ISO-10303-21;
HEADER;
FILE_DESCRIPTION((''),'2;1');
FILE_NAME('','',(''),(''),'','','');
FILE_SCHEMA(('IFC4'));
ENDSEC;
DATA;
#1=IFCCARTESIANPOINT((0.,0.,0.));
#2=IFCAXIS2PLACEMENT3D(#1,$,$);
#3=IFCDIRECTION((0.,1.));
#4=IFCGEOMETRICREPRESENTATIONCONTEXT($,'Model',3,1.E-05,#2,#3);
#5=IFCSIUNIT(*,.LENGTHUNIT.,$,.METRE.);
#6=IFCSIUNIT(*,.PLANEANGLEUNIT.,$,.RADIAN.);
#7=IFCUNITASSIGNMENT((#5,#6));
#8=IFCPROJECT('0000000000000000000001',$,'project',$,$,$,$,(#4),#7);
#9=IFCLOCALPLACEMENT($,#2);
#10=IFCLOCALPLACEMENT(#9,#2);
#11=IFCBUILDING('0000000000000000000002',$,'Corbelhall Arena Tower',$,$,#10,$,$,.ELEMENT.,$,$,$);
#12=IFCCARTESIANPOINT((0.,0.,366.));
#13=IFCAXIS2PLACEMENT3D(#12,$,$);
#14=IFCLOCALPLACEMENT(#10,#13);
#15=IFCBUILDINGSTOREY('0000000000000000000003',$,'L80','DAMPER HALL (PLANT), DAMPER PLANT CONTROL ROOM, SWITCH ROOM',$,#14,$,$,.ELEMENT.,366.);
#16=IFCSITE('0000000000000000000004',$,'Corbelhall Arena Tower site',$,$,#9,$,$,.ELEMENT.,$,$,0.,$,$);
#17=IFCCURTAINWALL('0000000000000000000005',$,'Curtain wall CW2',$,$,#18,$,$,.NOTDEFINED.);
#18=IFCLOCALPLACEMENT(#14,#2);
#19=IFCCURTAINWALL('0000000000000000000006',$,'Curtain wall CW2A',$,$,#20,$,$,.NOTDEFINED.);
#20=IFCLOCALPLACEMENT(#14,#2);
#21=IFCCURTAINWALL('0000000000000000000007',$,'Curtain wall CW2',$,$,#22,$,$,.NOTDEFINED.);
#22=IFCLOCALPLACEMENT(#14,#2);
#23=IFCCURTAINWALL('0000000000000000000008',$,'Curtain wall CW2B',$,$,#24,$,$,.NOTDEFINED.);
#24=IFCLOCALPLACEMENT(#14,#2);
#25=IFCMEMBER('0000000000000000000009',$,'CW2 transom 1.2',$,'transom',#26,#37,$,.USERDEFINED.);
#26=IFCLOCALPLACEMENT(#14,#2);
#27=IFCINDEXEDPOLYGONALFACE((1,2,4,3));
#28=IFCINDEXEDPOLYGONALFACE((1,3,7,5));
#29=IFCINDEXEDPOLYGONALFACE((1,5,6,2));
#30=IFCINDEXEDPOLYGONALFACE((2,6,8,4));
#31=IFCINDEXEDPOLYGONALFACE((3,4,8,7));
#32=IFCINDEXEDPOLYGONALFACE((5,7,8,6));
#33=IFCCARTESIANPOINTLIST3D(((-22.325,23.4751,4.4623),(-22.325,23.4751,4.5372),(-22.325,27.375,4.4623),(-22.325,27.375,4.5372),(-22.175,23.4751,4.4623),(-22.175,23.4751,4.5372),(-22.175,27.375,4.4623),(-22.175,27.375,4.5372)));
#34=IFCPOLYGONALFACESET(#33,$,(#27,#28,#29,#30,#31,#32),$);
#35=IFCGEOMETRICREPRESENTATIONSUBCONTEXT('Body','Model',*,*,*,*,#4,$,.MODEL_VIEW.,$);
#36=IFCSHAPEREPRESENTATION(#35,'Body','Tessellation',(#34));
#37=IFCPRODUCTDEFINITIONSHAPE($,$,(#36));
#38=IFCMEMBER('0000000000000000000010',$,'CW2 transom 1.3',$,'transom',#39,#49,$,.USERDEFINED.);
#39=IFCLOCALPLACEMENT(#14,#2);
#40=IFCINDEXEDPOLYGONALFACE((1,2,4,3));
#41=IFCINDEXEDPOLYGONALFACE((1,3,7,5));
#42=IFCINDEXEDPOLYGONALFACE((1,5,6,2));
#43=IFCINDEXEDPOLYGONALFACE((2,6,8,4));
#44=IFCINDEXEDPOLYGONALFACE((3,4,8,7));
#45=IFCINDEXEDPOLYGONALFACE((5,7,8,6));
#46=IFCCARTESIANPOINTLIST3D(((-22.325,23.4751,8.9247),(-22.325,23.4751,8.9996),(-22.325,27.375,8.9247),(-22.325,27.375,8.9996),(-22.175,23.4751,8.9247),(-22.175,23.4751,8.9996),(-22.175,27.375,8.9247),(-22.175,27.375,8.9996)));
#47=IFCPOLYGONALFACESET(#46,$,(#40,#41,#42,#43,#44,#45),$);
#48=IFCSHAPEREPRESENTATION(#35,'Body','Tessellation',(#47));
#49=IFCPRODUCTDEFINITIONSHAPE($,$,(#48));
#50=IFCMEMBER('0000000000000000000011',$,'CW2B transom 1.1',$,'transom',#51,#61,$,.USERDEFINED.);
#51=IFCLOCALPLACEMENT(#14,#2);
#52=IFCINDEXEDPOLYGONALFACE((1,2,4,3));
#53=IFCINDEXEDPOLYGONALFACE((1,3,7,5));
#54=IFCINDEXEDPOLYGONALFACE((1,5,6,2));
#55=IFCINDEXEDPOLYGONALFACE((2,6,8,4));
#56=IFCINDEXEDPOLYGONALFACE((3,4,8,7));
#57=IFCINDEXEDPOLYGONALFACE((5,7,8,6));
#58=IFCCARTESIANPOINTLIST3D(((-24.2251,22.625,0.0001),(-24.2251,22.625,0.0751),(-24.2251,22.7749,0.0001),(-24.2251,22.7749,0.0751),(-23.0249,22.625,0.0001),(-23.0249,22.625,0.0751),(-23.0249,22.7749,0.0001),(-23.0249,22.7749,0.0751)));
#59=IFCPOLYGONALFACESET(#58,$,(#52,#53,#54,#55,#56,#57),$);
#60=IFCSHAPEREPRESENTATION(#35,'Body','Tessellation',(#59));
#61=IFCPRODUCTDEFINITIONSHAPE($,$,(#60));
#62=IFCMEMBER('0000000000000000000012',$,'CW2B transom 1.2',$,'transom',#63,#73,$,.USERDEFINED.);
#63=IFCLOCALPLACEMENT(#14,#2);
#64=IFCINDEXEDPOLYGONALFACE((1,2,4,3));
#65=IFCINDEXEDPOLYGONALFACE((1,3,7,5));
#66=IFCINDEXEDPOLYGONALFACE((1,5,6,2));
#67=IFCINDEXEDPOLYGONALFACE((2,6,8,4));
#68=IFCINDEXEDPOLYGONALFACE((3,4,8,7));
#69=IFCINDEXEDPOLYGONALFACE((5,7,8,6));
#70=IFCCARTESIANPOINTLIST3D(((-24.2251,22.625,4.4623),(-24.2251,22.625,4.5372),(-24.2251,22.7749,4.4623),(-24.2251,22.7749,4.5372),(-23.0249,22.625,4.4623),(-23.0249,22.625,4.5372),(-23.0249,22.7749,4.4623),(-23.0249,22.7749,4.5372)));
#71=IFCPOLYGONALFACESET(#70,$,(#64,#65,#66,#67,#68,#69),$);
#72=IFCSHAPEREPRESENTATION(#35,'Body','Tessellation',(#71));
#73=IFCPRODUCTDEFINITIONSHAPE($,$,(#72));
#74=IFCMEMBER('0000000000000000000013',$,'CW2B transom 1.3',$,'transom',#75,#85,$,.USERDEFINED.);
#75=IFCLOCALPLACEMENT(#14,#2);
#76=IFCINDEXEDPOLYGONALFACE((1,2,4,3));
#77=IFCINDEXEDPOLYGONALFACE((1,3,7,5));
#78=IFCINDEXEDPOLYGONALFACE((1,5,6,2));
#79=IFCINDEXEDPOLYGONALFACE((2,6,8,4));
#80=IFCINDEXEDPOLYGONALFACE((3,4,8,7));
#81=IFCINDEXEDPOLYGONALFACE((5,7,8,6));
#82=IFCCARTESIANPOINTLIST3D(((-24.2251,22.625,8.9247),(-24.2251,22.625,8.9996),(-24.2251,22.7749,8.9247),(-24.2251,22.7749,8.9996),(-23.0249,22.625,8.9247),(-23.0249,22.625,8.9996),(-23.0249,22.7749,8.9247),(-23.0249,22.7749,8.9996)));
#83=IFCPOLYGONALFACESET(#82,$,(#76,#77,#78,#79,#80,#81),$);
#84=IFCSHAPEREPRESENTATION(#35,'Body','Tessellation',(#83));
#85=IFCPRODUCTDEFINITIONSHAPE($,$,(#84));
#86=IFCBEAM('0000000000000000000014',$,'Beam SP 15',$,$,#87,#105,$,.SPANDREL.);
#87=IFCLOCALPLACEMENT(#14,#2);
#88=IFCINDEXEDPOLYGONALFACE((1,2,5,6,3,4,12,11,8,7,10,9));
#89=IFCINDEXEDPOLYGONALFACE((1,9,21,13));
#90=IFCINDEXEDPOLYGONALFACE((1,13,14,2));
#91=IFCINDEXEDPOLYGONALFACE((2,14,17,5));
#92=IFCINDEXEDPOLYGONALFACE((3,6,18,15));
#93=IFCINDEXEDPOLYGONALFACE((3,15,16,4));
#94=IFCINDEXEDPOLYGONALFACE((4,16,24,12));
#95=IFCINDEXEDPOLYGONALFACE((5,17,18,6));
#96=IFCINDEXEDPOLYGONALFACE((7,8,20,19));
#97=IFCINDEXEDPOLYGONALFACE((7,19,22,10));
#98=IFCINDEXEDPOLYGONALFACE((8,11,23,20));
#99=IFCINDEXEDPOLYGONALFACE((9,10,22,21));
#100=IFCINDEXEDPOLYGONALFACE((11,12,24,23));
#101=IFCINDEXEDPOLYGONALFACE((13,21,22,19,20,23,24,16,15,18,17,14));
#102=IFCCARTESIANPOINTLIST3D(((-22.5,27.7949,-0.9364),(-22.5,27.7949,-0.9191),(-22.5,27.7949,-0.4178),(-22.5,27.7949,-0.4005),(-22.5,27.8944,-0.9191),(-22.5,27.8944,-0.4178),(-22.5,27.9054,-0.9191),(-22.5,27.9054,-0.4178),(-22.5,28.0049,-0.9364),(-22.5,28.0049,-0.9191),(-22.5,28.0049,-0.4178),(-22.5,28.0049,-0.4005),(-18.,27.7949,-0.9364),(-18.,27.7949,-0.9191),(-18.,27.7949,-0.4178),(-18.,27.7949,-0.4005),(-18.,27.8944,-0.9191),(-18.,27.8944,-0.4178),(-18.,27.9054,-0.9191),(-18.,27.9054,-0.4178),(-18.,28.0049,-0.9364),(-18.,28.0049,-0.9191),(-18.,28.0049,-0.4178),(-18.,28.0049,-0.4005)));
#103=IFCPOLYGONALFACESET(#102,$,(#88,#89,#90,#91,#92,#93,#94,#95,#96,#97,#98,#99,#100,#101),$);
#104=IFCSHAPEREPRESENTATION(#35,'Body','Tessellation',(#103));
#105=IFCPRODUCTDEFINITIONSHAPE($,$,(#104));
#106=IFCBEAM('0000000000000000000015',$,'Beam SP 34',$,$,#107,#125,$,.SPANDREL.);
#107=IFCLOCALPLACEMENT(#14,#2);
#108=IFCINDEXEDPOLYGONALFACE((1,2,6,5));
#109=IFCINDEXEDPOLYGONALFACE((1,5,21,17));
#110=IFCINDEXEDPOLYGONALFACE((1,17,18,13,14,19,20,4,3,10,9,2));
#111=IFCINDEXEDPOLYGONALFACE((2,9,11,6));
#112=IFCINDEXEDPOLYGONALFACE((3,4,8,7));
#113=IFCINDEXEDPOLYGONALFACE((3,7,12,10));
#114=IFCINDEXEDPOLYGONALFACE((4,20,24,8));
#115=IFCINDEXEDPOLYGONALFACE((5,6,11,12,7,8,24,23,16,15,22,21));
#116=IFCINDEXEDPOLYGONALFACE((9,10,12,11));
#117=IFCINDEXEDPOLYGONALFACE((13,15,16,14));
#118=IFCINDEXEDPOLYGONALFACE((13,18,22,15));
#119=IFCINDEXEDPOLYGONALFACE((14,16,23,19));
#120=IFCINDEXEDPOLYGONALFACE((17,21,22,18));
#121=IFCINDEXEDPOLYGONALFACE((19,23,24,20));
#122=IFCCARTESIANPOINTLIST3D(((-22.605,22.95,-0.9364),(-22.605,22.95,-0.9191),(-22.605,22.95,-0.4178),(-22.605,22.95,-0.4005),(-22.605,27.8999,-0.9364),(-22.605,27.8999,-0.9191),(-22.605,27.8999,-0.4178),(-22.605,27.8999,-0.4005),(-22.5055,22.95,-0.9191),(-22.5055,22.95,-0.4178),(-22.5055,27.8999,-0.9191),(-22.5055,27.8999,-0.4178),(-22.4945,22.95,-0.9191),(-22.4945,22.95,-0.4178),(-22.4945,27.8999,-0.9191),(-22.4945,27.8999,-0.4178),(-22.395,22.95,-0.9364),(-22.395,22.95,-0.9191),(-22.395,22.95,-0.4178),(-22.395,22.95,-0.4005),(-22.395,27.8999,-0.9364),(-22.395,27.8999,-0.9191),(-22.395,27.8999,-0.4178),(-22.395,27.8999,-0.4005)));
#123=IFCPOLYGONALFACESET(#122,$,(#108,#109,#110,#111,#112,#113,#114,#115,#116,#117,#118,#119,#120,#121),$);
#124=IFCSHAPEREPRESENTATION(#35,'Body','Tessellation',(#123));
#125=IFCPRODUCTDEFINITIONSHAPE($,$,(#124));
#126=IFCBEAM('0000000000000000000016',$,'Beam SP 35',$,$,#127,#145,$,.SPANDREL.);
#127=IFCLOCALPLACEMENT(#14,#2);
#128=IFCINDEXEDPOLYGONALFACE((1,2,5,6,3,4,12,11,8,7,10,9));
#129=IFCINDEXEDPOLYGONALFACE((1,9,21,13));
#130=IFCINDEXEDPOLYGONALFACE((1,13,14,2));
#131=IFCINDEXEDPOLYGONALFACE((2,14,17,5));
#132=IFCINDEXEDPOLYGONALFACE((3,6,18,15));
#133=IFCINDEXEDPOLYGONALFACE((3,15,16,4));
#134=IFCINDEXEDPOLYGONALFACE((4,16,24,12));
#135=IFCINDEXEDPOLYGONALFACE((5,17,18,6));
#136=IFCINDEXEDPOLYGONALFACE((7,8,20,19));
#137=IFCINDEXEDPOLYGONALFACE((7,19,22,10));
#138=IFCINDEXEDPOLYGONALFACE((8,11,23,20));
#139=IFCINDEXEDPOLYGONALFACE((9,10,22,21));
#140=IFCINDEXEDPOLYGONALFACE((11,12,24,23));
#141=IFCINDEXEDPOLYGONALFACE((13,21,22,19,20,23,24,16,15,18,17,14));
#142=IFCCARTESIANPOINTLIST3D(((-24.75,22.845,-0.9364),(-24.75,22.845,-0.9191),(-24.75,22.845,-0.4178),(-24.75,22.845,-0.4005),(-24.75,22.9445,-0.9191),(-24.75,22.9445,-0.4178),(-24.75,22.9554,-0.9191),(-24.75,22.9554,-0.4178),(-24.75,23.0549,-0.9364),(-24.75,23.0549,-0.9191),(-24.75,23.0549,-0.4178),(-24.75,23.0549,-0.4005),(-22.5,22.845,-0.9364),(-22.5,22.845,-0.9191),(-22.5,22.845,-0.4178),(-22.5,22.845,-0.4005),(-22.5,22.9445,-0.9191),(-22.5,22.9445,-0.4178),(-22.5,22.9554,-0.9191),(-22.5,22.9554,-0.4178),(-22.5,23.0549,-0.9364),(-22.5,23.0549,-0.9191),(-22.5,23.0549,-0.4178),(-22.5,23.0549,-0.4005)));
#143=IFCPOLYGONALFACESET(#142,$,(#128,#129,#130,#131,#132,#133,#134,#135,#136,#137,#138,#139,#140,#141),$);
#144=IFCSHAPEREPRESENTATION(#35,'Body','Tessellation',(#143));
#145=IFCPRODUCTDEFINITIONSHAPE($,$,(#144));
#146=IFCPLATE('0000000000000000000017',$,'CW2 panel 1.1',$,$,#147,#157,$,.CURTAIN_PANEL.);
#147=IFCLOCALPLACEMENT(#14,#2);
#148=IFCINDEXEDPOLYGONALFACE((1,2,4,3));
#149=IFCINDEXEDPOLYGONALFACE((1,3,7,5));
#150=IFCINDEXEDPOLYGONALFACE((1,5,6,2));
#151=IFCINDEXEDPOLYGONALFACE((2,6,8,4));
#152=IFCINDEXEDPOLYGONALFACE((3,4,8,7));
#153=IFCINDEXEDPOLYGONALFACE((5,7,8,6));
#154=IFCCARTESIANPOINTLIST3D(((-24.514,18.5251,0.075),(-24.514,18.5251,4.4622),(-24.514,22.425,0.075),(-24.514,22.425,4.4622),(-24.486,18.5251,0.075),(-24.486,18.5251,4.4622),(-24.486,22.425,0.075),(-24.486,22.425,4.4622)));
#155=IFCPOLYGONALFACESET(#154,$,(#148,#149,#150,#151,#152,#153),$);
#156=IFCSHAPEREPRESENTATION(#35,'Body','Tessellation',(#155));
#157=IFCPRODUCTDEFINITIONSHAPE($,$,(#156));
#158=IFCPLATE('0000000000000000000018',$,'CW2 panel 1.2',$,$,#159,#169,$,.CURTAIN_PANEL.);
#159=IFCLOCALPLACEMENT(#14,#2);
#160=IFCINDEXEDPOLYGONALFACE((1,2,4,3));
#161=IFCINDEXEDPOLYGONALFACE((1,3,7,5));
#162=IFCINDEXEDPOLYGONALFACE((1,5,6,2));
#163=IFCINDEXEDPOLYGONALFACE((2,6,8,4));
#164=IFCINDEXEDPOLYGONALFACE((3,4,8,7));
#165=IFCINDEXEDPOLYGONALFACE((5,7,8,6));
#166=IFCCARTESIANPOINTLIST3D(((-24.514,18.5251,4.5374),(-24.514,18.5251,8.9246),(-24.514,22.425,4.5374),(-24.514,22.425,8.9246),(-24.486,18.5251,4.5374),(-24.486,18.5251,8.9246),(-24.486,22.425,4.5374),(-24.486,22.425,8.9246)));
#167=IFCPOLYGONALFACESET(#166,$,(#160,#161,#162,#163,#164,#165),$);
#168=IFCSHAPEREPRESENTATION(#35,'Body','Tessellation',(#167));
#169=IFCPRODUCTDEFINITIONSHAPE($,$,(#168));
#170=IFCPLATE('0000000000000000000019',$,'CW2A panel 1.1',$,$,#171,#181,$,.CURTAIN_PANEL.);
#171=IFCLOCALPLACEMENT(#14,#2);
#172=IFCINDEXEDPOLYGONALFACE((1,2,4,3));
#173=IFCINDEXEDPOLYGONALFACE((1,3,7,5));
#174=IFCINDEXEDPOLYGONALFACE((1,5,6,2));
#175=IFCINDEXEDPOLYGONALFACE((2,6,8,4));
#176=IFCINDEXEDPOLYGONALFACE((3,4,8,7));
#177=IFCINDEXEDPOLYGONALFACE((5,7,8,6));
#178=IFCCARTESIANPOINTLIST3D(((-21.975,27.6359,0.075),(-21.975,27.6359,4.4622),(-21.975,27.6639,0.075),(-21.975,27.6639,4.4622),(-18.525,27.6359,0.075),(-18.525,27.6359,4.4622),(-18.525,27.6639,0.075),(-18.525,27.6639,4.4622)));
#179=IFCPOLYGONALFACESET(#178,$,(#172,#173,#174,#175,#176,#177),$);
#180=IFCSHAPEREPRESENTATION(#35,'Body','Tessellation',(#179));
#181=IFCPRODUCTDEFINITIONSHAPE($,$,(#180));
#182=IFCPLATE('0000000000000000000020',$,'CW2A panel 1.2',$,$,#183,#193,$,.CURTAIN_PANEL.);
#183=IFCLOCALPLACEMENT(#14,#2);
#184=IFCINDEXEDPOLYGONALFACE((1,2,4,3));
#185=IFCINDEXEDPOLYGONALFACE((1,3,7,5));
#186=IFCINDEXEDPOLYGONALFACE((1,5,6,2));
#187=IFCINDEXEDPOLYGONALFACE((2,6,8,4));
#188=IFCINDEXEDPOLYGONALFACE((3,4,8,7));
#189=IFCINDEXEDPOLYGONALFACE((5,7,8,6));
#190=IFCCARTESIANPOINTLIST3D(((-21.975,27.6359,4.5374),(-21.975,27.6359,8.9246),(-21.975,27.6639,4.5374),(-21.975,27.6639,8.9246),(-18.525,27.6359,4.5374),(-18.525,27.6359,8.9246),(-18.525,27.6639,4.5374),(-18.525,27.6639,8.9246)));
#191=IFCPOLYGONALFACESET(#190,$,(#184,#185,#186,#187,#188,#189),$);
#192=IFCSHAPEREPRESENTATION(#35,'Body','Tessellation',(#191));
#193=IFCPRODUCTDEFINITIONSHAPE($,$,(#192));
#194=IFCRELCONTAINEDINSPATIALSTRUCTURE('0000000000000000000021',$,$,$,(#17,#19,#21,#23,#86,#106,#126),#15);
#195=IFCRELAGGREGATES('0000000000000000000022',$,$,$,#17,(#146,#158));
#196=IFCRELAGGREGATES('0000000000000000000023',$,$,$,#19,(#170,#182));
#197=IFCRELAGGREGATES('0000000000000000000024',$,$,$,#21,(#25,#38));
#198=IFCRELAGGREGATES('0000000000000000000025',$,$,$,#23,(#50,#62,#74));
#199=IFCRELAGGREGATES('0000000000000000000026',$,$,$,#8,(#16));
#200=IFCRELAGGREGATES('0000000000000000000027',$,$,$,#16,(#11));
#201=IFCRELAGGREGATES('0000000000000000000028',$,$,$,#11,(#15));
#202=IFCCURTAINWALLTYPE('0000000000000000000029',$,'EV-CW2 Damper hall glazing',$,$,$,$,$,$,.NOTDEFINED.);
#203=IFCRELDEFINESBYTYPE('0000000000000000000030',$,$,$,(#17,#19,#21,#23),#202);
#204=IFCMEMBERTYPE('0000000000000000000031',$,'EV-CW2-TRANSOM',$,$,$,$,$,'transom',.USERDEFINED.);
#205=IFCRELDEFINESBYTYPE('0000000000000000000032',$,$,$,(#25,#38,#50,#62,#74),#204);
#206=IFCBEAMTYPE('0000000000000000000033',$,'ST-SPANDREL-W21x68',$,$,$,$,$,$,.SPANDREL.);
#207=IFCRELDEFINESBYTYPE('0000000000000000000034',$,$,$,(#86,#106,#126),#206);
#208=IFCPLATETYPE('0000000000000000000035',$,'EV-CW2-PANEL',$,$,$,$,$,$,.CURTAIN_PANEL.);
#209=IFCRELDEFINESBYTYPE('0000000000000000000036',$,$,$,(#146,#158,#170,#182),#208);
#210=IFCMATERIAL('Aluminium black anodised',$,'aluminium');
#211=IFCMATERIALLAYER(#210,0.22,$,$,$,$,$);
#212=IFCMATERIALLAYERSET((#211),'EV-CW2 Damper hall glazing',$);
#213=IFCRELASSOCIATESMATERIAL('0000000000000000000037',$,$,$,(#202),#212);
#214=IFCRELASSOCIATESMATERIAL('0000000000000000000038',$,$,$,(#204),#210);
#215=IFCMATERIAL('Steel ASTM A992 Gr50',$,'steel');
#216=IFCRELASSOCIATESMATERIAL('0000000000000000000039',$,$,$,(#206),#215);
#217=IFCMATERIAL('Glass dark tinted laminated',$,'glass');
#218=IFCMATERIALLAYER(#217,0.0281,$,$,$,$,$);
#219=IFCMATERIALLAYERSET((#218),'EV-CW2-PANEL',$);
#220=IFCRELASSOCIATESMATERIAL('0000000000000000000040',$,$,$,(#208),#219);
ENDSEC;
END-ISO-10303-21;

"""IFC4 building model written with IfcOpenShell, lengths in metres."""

from ifc_helpers import new_model, si_unit, direction, frame, origin, origin_2d, place, context, subcontext, project, spatial, rectangle, i_section, extrude, material, layer, layer_set, material_profile, profile_set, type_object, element, aggregate, save


model = new_model("IFC4")

# Units and contexts
model_context = context("Model", 3, precision=1e-05, world=origin(), true_north=direction((0.0, 1.0)))
body_context = subcontext(model_context, "Body", "Model", "MODEL_VIEW")
ifc_project = project(units=[si_unit("LENGTHUNIT", "METRE"), si_unit("PLANEANGLEUNIT", "RADIAN")], contexts=[model_context])

# Site, building, storey
site_placement = place(None, origin())
site = spatial("IfcSite", under=ifc_project, at=site_placement, Name="Corbelhall Arena Tower site", CompositionType="ELEMENT", RefElevation=0.0)
building_placement = place(site_placement, origin())
building = spatial("IfcBuilding", under=site, at=building_placement, Name="Corbelhall Arena Tower", CompositionType="ELEMENT")
storey_placement = place(building_placement, frame((0.0, 0.0, 366.0)))
storey = spatial("IfcBuildingStorey", under=building, at=storey_placement, Name="L80", Description="DAMPER HALL (PLANT), DAMPER PLANT CONTROL ROOM, SWITCH ROOM", CompositionType="ELEMENT", Elevation=366.0)

# Curtain walls
ifc_material_1 = material(Name="Aluminium black anodised", Category="aluminium")
ifc_layer_1 = layer(ifc_material_1, 0.22)
ifc_layer_set_1 = layer_set([ifc_layer_1], Name="EV-CW2 Damper hall glazing")
curtain_wall_type = type_object("IfcCurtainWallType", Name="EV-CW2 Damper hall glazing", PredefinedType="NOTDEFINED", material=ifc_layer_set_1)
curtain_wall_1_placement = place(storey_placement, origin())
curtain_wall_1 = element("IfcCurtainWall", 1, at=curtain_wall_1_placement, inside=storey, type_object=curtain_wall_type, Name="Curtain wall CW2", PredefinedType="NOTDEFINED")
curtain_wall_2_placement = place(storey_placement, origin())
curtain_wall_2 = element("IfcCurtainWall", 2, at=curtain_wall_2_placement, inside=storey, type_object=curtain_wall_type, Name="Curtain wall CW2A", PredefinedType="NOTDEFINED")

# Curtain walls
curtain_wall_3_placement = place(storey_placement, origin())
curtain_wall_3 = element("IfcCurtainWall", 3, at=curtain_wall_3_placement, inside=storey, type_object=curtain_wall_type, Name="Curtain wall CW2", PredefinedType="NOTDEFINED")
curtain_wall_4_placement = place(storey_placement, origin())
curtain_wall_4 = element("IfcCurtainWall", 4, at=curtain_wall_4_placement, inside=storey, type_object=curtain_wall_type, Name="Curtain wall CW2B", PredefinedType="NOTDEFINED")

# Members
ifc_material_profile_1 = material_profile(ifc_material_1, rectangle(XDim=0.1499, YDim=0.075, at=origin_2d()))
ifc_profile_set_1 = profile_set([ifc_material_profile_1], Name="Aluminium black anodised")
member_type_1 = type_object("IfcMemberType", Name="EV-CW2-TRANSOM", ElementType="transom", PredefinedType="USERDEFINED", material=ifc_profile_set_1)
member_1_placement = place(storey_placement, frame((-22.25, 27.375, 4.4998), z_axis=(0.0, -1.0, 0.0), x_axis=(1.0, 0.0, 0.0)))
member_1 = element("IfcMember", 5, at=member_1_placement, type_object=member_type_1, Name="CW2 transom 1.2", ObjectType="transom", PredefinedType="USERDEFINED", context=body_context, shape_type="SweptSolid", body=[
    extrude(rectangle(XDim=0.1499, YDim=0.075, at=origin_2d()), origin(), (0.0, 0.0, 1.0), 3.8999),
])
member_2_placement = place(storey_placement, frame((-22.25, 27.375, 8.9622), z_axis=(0.0, -1.0, 0.0), x_axis=(1.0, 0.0, 0.0)))
member_2 = element("IfcMember", 6, at=member_2_placement, type_object=member_type_1, Name="CW2 transom 1.3", ObjectType="transom", PredefinedType="USERDEFINED", context=body_context, shape_type="SweptSolid", body=[
    extrude(rectangle(XDim=0.1499, YDim=0.075, at=origin_2d()), origin(), (0.0, 0.0, 1.0), 3.8999),
])
member_3_placement = place(storey_placement, frame((-23.0249, 22.7, 0.0376), z_axis=(-1.0, 0.0, 0.0), x_axis=(0.0, -1.0, 0.0)))
member_3 = element("IfcMember", 7, at=member_3_placement, type_object=member_type_1, Name="CW2B transom 1.1", ObjectType="transom", PredefinedType="USERDEFINED", context=body_context, shape_type="SweptSolid", body=[
    extrude(rectangle(XDim=0.1499, YDim=0.075, at=origin_2d()), origin(), (0.0, 0.0, 1.0), 1.2002),
])
member_4_placement = place(storey_placement, frame((-23.0249, 22.7, 4.4998), z_axis=(-1.0, 0.0, 0.0), x_axis=(0.0, -1.0, 0.0)))
member_4 = element("IfcMember", 8, at=member_4_placement, type_object=member_type_1, Name="CW2B transom 1.2", ObjectType="transom", PredefinedType="USERDEFINED", context=body_context, shape_type="SweptSolid", body=[
    extrude(rectangle(XDim=0.1499, YDim=0.075, at=origin_2d()), origin(), (0.0, 0.0, 1.0), 1.2002),
])
member_5_placement = place(storey_placement, frame((-23.0249, 22.7, 8.9622), z_axis=(-1.0, 0.0, 0.0), x_axis=(0.0, -1.0, 0.0)))
member_5 = element("IfcMember", 9, at=member_5_placement, type_object=member_type_1, Name="CW2B transom 1.3", ObjectType="transom", PredefinedType="USERDEFINED", context=body_context, shape_type="SweptSolid", body=[
    extrude(rectangle(XDim=0.1499, YDim=0.075, at=origin_2d()), origin(), (0.0, 0.0, 1.0), 1.2002),
])

# Beams
ifc_material_2 = material(Name="Steel ASTM A992 Gr50", Category="steel")
ifc_material_profile_2 = material_profile(ifc_material_2, i_section(OverallWidth=0.21, OverallDepth=0.5359, WebThickness=0.011, FlangeThickness=0.0173, at=origin_2d()))
ifc_profile_set_2 = profile_set([ifc_material_profile_2], Name="Steel ASTM A992 Gr50")
beam_type = type_object("IfcBeamType", Name="ST-SPANDREL-W21x68", PredefinedType="SPANDREL", material=ifc_profile_set_2)
beam_1_placement = place(storey_placement, frame((-22.5, 27.8999, -0.6685), z_axis=(1.0, 0.0, 0.0), x_axis=(0.0, 1.0, 0.0)))
element("IfcBeam", 10, at=beam_1_placement, inside=storey, type_object=beam_type, Name="Beam SP 15", PredefinedType="SPANDREL", context=body_context, shape_type="SweptSolid", body=[
    extrude(i_section(OverallWidth=0.21, OverallDepth=0.5359, WebThickness=0.011, FlangeThickness=0.0173, at=origin_2d()), origin(), (0.0, 0.0, 1.0), 4.5),
])
beam_2_placement = place(storey_placement, frame((-22.5, 22.95, -0.6685), z_axis=(0.0, 1.0, 0.0), x_axis=(-1.0, 0.0, 0.0)))
element("IfcBeam", 11, at=beam_2_placement, inside=storey, type_object=beam_type, Name="Beam SP 34", PredefinedType="SPANDREL", context=body_context, shape_type="SweptSolid", body=[
    extrude(i_section(OverallWidth=0.21, OverallDepth=0.5359, WebThickness=0.011, FlangeThickness=0.0173, at=origin_2d()), origin(), (0.0, 0.0, 1.0), 4.95),
])
beam_3_placement = place(storey_placement, frame((-24.75, 22.95, -0.6685), z_axis=(1.0, 0.0, 0.0), x_axis=(0.0, 1.0, 0.0)))
element("IfcBeam", 12, at=beam_3_placement, inside=storey, type_object=beam_type, Name="Beam SP 35", PredefinedType="SPANDREL", context=body_context, shape_type="SweptSolid", body=[
    extrude(i_section(OverallWidth=0.21, OverallDepth=0.5359, WebThickness=0.011, FlangeThickness=0.0173, at=origin_2d()), origin(), (0.0, 0.0, 1.0), 2.25),
])

# Plates
ifc_material_3 = material(Name="Glass dark tinted laminated", Category="glass")
ifc_layer_2 = layer(ifc_material_3, 0.0281)
ifc_layer_set_2 = layer_set([ifc_layer_2], Name="EV-CW2-PANEL")
plate_type = type_object("IfcPlateType", Name="EV-CW2-PANEL", PredefinedType="CURTAIN_PANEL", material=ifc_layer_set_2)
plate_1_placement = place(storey_placement, frame((-24.5, 20.4751, 0.075), z_axis=(0.0, 0.0, 1.0), x_axis=(0.0, -1.0, 0.0)))
plate_1 = element("IfcPlate", 13, at=plate_1_placement, type_object=plate_type, Name="CW2 panel 1.1", PredefinedType="CURTAIN_PANEL", context=body_context, shape_type="SweptSolid", body=[
    extrude(rectangle(XDim=3.8999, YDim=0.0281, at=origin_2d()), origin(), (0.0, 0.0, 1.0), 4.3872),
])
plate_2_placement = place(storey_placement, frame((-24.5, 20.4751, 4.5374), z_axis=(0.0, 0.0, 1.0), x_axis=(0.0, -1.0, 0.0)))
plate_2 = element("IfcPlate", 14, at=plate_2_placement, type_object=plate_type, Name="CW2 panel 1.2", PredefinedType="CURTAIN_PANEL", context=body_context, shape_type="SweptSolid", body=[
    extrude(rectangle(XDim=3.8999, YDim=0.0281, at=origin_2d()), origin(), (0.0, 0.0, 1.0), 4.3872),
])
aggregate(curtain_wall_1, [plate_1, plate_2])
plate_3_placement = place(storey_placement, frame((-20.25, 27.6499, 0.075), z_axis=(0.0, 0.0, 1.0), x_axis=(-1.0, 0.0, 0.0)))
plate_3 = element("IfcPlate", 15, at=plate_3_placement, type_object=plate_type, Name="CW2A panel 1.1", PredefinedType="CURTAIN_PANEL", context=body_context, shape_type="SweptSolid", body=[
    extrude(rectangle(XDim=3.45, YDim=0.0281, at=origin_2d()), origin(), (0.0, 0.0, 1.0), 4.3872),
])
plate_4_placement = place(storey_placement, frame((-20.25, 27.6499, 4.5374), z_axis=(0.0, 0.0, 1.0), x_axis=(-1.0, 0.0, 0.0)))
plate_4 = element("IfcPlate", 16, at=plate_4_placement, type_object=plate_type, Name="CW2A panel 1.2", PredefinedType="CURTAIN_PANEL", context=body_context, shape_type="SweptSolid", body=[
    extrude(rectangle(XDim=3.45, YDim=0.0281, at=origin_2d()), origin(), (0.0, 0.0, 1.0), 4.3872),
])
aggregate(curtain_wall_2, [plate_3, plate_4])
aggregate(curtain_wall_3, [member_1, member_2])
aggregate(curtain_wall_4, [member_3, member_4, member_5])

save(model, "model.ifc")
